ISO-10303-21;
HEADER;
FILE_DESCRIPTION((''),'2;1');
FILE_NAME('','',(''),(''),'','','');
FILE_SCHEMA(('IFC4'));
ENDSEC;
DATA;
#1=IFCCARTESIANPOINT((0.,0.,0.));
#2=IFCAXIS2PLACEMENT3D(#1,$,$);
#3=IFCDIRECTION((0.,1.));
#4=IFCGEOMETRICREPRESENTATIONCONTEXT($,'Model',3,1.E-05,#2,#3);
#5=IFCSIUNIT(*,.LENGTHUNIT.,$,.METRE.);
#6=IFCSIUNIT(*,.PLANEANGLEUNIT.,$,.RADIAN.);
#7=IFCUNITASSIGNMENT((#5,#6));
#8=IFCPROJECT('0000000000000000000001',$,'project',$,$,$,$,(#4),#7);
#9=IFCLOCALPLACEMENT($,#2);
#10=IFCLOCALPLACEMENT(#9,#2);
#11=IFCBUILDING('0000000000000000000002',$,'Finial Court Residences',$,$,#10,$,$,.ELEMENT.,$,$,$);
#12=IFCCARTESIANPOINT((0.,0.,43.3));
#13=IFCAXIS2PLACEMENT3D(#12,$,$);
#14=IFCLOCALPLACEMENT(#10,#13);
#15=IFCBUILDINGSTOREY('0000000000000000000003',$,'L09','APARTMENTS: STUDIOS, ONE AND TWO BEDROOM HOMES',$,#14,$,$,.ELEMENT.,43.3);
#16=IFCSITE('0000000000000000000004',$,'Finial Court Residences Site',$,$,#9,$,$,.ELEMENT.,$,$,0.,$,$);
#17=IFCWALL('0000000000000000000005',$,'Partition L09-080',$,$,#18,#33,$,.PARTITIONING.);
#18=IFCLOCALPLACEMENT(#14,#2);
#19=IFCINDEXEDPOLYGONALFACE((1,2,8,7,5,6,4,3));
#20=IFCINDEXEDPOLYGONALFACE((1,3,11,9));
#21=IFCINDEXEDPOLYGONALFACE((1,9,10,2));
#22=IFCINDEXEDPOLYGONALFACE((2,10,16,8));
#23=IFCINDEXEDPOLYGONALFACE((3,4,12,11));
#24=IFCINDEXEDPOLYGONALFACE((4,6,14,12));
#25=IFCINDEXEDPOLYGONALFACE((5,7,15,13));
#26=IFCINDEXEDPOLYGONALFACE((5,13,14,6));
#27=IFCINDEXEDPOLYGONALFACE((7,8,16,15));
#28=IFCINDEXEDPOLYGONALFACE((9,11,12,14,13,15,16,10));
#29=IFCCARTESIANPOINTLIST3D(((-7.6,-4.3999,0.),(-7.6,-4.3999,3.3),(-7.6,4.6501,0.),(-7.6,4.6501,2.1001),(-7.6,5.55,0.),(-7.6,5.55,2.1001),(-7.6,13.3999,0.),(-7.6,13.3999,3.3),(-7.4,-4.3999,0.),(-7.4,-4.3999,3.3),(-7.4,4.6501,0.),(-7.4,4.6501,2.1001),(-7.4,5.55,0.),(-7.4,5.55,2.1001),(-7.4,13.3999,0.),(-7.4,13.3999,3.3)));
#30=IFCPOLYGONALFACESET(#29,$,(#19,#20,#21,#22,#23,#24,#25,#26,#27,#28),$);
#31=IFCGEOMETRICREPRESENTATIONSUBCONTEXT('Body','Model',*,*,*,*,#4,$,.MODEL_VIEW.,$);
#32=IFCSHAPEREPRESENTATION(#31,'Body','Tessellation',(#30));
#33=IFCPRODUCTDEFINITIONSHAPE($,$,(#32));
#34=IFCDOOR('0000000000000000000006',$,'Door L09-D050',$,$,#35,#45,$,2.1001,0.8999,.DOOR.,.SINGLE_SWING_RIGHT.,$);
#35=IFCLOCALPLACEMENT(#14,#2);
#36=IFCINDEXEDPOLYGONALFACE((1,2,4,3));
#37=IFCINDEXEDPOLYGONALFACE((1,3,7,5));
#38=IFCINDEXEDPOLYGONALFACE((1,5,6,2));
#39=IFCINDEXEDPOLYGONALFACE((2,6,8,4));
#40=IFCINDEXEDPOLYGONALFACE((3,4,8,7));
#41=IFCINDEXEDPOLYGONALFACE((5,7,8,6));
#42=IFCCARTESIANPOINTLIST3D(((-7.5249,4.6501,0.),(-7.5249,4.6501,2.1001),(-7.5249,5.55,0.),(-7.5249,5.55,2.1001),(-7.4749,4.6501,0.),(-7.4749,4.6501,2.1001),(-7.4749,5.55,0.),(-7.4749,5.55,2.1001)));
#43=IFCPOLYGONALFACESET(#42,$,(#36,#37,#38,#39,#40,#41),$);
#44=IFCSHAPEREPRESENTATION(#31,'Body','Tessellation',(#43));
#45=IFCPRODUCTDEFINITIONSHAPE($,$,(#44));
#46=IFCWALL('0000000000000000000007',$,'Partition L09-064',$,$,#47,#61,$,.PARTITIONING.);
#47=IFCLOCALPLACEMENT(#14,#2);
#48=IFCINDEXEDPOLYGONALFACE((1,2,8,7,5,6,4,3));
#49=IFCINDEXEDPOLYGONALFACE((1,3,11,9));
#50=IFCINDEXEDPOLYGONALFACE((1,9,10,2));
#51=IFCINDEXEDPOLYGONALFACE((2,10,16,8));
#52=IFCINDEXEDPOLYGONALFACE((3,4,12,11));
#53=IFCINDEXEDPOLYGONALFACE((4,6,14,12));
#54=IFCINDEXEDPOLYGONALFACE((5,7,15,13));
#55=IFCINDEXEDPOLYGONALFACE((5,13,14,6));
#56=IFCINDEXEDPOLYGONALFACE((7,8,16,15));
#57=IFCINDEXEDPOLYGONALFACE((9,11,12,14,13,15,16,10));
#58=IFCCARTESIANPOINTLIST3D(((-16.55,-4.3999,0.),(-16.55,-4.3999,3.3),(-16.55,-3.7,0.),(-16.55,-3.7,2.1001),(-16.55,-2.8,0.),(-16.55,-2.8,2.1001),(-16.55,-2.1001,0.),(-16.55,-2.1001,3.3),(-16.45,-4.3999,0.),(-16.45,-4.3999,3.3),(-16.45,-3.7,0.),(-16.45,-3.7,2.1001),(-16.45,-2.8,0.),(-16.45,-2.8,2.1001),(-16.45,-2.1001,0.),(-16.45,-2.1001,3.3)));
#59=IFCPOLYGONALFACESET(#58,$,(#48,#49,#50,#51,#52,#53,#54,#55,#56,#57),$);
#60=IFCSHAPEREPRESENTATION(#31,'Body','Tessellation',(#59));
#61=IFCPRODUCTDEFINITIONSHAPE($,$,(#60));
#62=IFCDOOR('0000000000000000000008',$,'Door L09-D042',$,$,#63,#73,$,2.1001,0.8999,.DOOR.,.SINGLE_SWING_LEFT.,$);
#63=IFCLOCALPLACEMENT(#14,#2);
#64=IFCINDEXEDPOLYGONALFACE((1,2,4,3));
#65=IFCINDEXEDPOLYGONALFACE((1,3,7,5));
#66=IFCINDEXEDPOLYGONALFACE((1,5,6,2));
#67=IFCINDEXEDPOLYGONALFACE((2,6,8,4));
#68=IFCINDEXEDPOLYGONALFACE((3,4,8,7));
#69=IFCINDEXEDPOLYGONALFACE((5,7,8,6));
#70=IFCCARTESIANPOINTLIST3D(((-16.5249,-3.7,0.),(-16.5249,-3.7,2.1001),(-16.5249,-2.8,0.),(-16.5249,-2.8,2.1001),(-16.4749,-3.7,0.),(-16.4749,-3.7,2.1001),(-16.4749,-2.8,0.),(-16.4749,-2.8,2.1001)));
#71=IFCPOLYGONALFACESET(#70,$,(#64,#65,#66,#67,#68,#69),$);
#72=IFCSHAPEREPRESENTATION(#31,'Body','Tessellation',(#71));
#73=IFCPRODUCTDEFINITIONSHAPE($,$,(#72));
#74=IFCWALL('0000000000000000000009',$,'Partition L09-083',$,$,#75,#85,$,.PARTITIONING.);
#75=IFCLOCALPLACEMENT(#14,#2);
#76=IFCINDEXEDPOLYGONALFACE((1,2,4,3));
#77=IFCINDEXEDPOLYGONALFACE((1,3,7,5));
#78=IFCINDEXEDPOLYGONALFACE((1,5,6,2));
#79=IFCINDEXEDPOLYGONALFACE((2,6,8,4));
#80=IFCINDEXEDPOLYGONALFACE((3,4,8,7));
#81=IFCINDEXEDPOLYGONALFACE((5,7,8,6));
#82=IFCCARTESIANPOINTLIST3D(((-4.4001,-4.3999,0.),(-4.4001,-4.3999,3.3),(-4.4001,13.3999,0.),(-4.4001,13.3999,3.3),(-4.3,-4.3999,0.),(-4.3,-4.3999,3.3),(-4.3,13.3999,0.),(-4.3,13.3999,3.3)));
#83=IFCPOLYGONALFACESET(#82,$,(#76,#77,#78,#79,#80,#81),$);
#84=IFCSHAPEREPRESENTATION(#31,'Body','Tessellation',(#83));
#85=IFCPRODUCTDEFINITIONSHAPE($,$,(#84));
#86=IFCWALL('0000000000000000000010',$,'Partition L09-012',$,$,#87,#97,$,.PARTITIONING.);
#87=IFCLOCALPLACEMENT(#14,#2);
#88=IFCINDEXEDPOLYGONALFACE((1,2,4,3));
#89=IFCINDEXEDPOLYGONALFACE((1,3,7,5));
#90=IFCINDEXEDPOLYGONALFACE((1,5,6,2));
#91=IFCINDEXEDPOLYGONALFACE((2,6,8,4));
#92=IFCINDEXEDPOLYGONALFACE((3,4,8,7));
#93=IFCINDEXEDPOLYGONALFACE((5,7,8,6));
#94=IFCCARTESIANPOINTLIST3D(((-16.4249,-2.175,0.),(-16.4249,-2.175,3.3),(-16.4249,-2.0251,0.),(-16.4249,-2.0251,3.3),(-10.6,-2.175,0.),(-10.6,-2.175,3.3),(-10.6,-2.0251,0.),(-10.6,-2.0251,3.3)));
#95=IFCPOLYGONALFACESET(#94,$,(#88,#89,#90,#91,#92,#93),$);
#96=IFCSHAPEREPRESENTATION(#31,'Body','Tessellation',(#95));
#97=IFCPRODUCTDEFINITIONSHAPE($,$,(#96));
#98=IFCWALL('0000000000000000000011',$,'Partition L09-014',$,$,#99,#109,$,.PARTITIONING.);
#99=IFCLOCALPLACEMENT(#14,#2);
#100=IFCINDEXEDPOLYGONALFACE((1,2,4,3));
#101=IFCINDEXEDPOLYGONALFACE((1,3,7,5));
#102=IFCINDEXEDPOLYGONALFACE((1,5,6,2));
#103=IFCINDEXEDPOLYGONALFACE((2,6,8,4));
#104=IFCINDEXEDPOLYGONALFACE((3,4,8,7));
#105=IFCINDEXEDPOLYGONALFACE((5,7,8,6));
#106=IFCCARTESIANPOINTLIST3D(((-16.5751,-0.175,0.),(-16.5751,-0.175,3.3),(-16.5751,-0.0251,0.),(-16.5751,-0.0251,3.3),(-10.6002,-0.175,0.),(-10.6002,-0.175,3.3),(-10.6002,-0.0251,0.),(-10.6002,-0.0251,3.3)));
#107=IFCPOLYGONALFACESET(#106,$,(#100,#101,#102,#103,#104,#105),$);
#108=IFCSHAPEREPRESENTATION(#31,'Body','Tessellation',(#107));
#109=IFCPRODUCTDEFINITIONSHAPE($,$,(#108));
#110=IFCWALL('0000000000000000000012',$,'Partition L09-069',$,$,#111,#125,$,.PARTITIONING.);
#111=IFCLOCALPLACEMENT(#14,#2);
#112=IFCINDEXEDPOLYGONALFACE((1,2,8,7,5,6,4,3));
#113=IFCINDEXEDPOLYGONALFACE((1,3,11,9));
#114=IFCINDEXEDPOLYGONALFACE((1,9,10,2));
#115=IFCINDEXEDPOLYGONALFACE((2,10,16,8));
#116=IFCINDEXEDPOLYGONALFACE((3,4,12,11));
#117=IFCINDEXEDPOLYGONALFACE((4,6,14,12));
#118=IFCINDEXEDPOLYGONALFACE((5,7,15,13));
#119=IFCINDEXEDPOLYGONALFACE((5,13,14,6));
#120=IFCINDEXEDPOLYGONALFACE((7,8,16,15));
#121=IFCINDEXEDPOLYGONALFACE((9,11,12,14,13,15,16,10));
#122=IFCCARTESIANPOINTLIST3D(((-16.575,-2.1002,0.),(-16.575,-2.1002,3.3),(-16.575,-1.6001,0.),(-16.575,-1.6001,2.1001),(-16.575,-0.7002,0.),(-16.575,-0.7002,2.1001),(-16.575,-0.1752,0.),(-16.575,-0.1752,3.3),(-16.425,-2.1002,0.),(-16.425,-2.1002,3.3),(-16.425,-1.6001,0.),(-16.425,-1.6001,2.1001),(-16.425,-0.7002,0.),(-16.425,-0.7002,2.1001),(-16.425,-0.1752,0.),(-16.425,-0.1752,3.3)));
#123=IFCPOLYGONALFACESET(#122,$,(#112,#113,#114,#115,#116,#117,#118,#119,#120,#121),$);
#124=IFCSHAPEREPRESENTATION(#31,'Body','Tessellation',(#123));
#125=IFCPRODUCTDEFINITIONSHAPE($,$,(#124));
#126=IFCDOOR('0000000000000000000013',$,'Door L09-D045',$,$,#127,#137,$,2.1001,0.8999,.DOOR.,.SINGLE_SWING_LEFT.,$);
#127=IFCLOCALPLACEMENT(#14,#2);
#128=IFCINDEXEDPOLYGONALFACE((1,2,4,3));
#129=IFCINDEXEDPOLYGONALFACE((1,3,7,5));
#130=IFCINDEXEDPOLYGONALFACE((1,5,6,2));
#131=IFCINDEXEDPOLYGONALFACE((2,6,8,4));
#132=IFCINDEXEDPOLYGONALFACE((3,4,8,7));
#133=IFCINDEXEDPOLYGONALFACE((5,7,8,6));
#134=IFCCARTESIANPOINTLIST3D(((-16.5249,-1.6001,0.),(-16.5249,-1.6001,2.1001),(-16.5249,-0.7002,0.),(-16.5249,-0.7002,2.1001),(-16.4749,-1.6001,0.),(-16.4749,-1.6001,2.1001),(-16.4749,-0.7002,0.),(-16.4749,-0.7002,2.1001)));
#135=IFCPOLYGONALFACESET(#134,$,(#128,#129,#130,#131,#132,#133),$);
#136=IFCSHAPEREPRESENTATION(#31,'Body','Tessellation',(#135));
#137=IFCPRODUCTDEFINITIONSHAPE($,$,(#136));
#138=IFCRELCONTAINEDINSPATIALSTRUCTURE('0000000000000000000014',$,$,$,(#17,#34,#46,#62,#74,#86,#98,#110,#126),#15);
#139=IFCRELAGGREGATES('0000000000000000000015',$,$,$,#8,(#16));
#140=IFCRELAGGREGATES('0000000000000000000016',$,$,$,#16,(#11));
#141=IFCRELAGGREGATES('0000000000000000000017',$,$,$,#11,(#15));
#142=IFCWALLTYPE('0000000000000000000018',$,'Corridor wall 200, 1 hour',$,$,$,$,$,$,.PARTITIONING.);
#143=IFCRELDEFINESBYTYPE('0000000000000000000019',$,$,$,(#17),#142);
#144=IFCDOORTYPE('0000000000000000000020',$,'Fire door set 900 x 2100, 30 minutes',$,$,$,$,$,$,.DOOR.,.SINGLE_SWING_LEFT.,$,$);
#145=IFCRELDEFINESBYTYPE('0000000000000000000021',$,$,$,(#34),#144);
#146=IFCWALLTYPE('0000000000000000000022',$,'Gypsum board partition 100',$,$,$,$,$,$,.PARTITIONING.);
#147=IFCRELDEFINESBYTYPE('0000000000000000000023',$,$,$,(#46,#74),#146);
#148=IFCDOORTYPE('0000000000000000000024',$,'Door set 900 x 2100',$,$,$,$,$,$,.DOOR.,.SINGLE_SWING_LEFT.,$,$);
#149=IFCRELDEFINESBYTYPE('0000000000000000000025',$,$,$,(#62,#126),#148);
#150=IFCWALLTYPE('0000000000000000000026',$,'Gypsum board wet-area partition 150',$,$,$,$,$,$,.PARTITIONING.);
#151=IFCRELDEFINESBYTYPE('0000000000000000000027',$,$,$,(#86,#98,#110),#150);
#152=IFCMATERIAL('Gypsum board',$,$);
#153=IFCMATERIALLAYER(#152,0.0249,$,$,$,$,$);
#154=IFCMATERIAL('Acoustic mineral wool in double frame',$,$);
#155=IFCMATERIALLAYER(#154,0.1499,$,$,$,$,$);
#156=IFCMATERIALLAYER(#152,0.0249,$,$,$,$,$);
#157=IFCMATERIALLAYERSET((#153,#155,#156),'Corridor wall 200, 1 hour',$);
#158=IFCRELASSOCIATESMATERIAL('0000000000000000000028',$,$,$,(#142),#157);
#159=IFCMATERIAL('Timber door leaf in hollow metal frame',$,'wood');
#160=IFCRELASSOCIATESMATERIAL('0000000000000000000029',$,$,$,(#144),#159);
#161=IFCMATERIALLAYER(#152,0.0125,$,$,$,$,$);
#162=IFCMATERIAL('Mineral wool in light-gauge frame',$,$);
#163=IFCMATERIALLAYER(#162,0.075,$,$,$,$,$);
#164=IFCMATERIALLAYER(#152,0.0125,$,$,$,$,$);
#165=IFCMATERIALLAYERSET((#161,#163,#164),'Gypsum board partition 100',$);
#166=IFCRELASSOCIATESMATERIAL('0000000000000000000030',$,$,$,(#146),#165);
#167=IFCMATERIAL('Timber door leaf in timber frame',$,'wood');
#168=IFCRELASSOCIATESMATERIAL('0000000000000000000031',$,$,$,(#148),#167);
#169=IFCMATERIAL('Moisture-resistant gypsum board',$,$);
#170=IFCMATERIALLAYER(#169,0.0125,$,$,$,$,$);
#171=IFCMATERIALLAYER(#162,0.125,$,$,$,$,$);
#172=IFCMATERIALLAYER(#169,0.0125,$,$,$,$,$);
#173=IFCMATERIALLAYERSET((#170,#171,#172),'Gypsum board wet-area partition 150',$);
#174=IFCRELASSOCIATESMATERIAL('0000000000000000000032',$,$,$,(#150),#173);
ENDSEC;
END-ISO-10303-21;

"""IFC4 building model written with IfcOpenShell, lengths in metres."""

from ifc_helpers import new_model, si_unit, direction, frame, frame_2d, origin, place, context, subcontext, project, spatial, rectangle, extrude, material, layer, layer_set, type_object, element, fill, save


model = new_model("IFC4")

# Units and contexts
model_context = context("Model", 3, precision=1e-05, world=origin(), true_north=direction((0.0, 1.0)))
body_context = subcontext(model_context, "Body", "Model", "MODEL_VIEW")
ifc_project = project(units=[si_unit("LENGTHUNIT", "METRE"), si_unit("PLANEANGLEUNIT", "RADIAN")], contexts=[model_context])

# Site, building, storey
site_placement = place(None, origin())
site = spatial("IfcSite", under=ifc_project, at=site_placement, Name="Finial Court Residences Site", CompositionType="ELEMENT", RefElevation=0.0)
building_placement = place(site_placement, origin())
building = spatial("IfcBuilding", under=site, at=building_placement, Name="Finial Court Residences", CompositionType="ELEMENT")
storey_placement = place(building_placement, frame((0.0, 0.0, 43.3)))
storey = spatial("IfcBuildingStorey", under=building, at=storey_placement, Name="L09", Description="APARTMENTS: STUDIOS, ONE AND TWO BEDROOM HOMES", CompositionType="ELEMENT", Elevation=43.3)

# Shared definitions
ifc_material_1 = material(Name="Gypsum board")
ifc_layer_1 = layer(ifc_material_1, 0.0249)
ifc_material_2 = material(Name="Acoustic mineral wool in double frame")
ifc_layer_2 = layer(ifc_material_2, 0.1499)
ifc_layer_3 = layer(ifc_material_1, 0.0249)
ifc_layer_set_1 = layer_set([ifc_layer_1, ifc_layer_2, ifc_layer_3], Name="Corridor wall 200, 1 hour")
wall_type_1 = type_object("IfcWallType", Name="Corridor wall 200, 1 hour", PredefinedType="PARTITIONING", material=ifc_layer_set_1)
ifc_material_3 = material(Name="Timber door leaf in hollow metal frame", Category="wood")
door_type_1 = type_object("IfcDoorType", Name="Fire door set 900 x 2100, 30 minutes", OperationType="SINGLE_SWING_LEFT", PredefinedType="DOOR", material=ifc_material_3)

# Walls, openings, doors
wall_1_placement = place(storey_placement, frame((-7.5, -4.3999, 0.0), z_axis=(0.0, 0.0, 1.0), x_axis=(0.0, 1.0, 0.0)))
wall_1 = element("IfcWall", 1, at=wall_1_placement, inside=storey, type_object=wall_type_1, Name="Partition L09-080", PredefinedType="PARTITIONING", context=body_context, shape_type="SweptSolid", body=[
    extrude(rectangle(XDim=17.7998, YDim=0.2, at=frame_2d((8.8999, 0.0))), origin(), (0.0, 0.0, 1.0), 3.3),
])
opening_1_placement = place(wall_1_placement, frame((9.05, 0.0, 0.0)))
opening_1 = element("IfcOpeningElement", 2, at=opening_1_placement, cuts=wall_1, PredefinedType="OPENING", context=body_context, shape_type="SweptSolid", body=[
    extrude(rectangle(XDim=0.8999, YDim=2.1001, at=frame_2d((0.45, 1.05))), frame((0.0, 0.1099, 0.0), z_axis=(0.0, -1.0, 0.0), x_axis=(1.0, 0.0, 0.0)), (0.0, 0.0, 1.0), 0.22),
])
door_1_placement = place(opening_1_placement, origin())
door_1 = element("IfcDoor", 3, at=door_1_placement, inside=storey, type_object=door_type_1, Name="Door L09-D050", OperationType="SINGLE_SWING_RIGHT", OverallHeight=2.1001, OverallWidth=0.8999, PredefinedType="DOOR", context=body_context, shape_type="SweptSolid", body=[
    extrude(rectangle(XDim=0.8999, YDim=2.1001, at=frame_2d((0.45, 1.05))), frame((0.0, 0.0249, 0.0), z_axis=(0.0, -1.0, 0.0), x_axis=(1.0, 0.0, 0.0)), (0.0, 0.0, 1.0), 0.05),
])
fill(opening_1, door_1)
ifc_layer_4 = layer(ifc_material_1, 0.0125)
ifc_material_4 = material(Name="Mineral wool in light-gauge frame")
ifc_layer_5 = layer(ifc_material_4, 0.075)
ifc_layer_6 = layer(ifc_material_1, 0.0125)
ifc_layer_set_2 = layer_set([ifc_layer_4, ifc_layer_5, ifc_layer_6], Name="Gypsum board partition 100")
wall_type_2 = type_object("IfcWallType", Name="Gypsum board partition 100", PredefinedType="PARTITIONING", material=ifc_layer_set_2)
wall_2_placement = place(storey_placement, frame((-16.5, -4.3999, 0.0), z_axis=(0.0, 0.0, 1.0), x_axis=(0.0, 1.0, 0.0)))
wall_2 = element("IfcWall", 4, at=wall_2_placement, inside=storey, type_object=wall_type_2, Name="Partition L09-064", PredefinedType="PARTITIONING", context=body_context, shape_type="SweptSolid", body=[
    extrude(rectangle(XDim=2.2998, YDim=0.1001, at=frame_2d((1.1499, 0.0))), origin(), (0.0, 0.0, 1.0), 3.3),
])
opening_2_placement = place(wall_2_placement, frame((0.7, 0.0, 0.0)))
opening_2 = element("IfcOpeningElement", 5, at=opening_2_placement, cuts=wall_2, PredefinedType="OPENING", context=body_context, shape_type="SweptSolid", body=[
    extrude(rectangle(XDim=0.8999, YDim=2.1001, at=frame_2d((0.45, 1.05))), frame((0.0, 0.0601, 0.0), z_axis=(0.0, -1.0, 0.0), x_axis=(1.0, 0.0, 0.0)), (0.0, 0.0, 1.0), 0.1201),
])
ifc_material_5 = material(Name="Timber door leaf in timber frame", Category="wood")
door_type_2 = type_object("IfcDoorType", Name="Door set 900 x 2100", OperationType="SINGLE_SWING_LEFT", PredefinedType="DOOR", material=ifc_material_5)
door_2_placement = place(opening_2_placement, origin())
door_2 = element("IfcDoor", 6, at=door_2_placement, inside=storey, type_object=door_type_2, Name="Door L09-D042", OperationType="SINGLE_SWING_LEFT", OverallHeight=2.1001, OverallWidth=0.8999, PredefinedType="DOOR", context=body_context, shape_type="SweptSolid", body=[
    extrude(rectangle(XDim=0.8999, YDim=2.1001, at=frame_2d((0.45, 1.05))), frame((0.0, 0.0249, 0.0), z_axis=(0.0, -1.0, 0.0), x_axis=(1.0, 0.0, 0.0)), (0.0, 0.0, 1.0), 0.05),
])
fill(opening_2, door_2)

# Walls
wall_3_placement = place(storey_placement, frame((-4.3501, -4.3999, 0.0), z_axis=(0.0, 0.0, 1.0), x_axis=(0.0, 1.0, 0.0)))
element("IfcWall", 7, at=wall_3_placement, inside=storey, type_object=wall_type_2, Name="Partition L09-083", PredefinedType="PARTITIONING", context=body_context, shape_type="SweptSolid", body=[
    extrude(rectangle(XDim=17.7998, YDim=0.1001, at=frame_2d((8.8999, 0.0))), origin(), (0.0, 0.0, 1.0), 3.3),
])
ifc_material_6 = material(Name="Moisture-resistant gypsum board")
ifc_layer_7 = layer(ifc_material_6, 0.0125)
ifc_layer_8 = layer(ifc_material_4, 0.125)
ifc_layer_9 = layer(ifc_material_6, 0.0125)
ifc_layer_set_3 = layer_set([ifc_layer_7, ifc_layer_8, ifc_layer_9], Name="Gypsum board wet-area partition 150")
wall_type_3 = type_object("IfcWallType", Name="Gypsum board wet-area partition 150", PredefinedType="PARTITIONING", material=ifc_layer_set_3)
wall_4_placement = place(storey_placement, frame((-16.425, -2.1001, 0.0), z_axis=(0.0, 0.0, 1.0), x_axis=(1.0, 0.0, 0.0)))
element("IfcWall", 8, at=wall_4_placement, inside=storey, type_object=wall_type_3, Name="Partition L09-012", PredefinedType="PARTITIONING", context=body_context, shape_type="SweptSolid", body=[
    extrude(rectangle(XDim=5.825, YDim=0.1499, at=frame_2d((2.9126, 0.0))), origin(), (0.0, 0.0, 1.0), 3.3),
])
wall_5_placement = place(storey_placement, frame((-16.575, -0.1001, 0.0), z_axis=(0.0, 0.0, 1.0), x_axis=(1.0, 0.0, 0.0)))
element("IfcWall", 9, at=wall_5_placement, inside=storey, type_object=wall_type_3, Name="Partition L09-014", PredefinedType="PARTITIONING", context=body_context, shape_type="SweptSolid", body=[
    extrude(rectangle(XDim=5.9749, YDim=0.1499, at=frame_2d((2.9873, 0.0))), origin(), (0.0, 0.0, 1.0), 3.3),
])

# Wall, opening, door
wall_6_placement = place(storey_placement, frame((-16.5, -2.1001, 0.0), z_axis=(0.0, 0.0, 1.0), x_axis=(0.0, 1.0, 0.0)))
wall_6 = element("IfcWall", 10, at=wall_6_placement, inside=storey, type_object=wall_type_3, Name="Partition L09-069", PredefinedType="PARTITIONING", context=body_context, shape_type="SweptSolid", body=[
    extrude(rectangle(XDim=1.925, YDim=0.1499, at=frame_2d((0.9624, 0.0))), origin(), (0.0, 0.0, 1.0), 3.3),
])
opening_3_placement = place(wall_6_placement, frame((0.5, 0.0, 0.0)))
opening_3 = element("IfcOpeningElement", 11, at=opening_3_placement, cuts=wall_6, PredefinedType="OPENING", context=body_context, shape_type="SweptSolid", body=[
    extrude(rectangle(XDim=0.8999, YDim=2.1001, at=frame_2d((0.45, 1.05))), frame((0.0, 0.085, 0.0), z_axis=(0.0, -1.0, 0.0), x_axis=(1.0, 0.0, 0.0)), (0.0, 0.0, 1.0), 0.1699),
])
door_3_placement = place(opening_3_placement, origin())
door_3 = element("IfcDoor", 12, at=door_3_placement, inside=storey, type_object=door_type_2, Name="Door L09-D045", OperationType="SINGLE_SWING_LEFT", OverallHeight=2.1001, OverallWidth=0.8999, PredefinedType="DOOR", context=body_context, shape_type="SweptSolid", body=[
    extrude(rectangle(XDim=0.8999, YDim=2.1001, at=frame_2d((0.45, 1.05))), frame((0.0, 0.0249, 0.0), z_axis=(0.0, -1.0, 0.0), x_axis=(1.0, 0.0, 0.0)), (0.0, 0.0, 1.0), 0.05),
])
fill(opening_3, door_3)

save(model, "model.ifc")
